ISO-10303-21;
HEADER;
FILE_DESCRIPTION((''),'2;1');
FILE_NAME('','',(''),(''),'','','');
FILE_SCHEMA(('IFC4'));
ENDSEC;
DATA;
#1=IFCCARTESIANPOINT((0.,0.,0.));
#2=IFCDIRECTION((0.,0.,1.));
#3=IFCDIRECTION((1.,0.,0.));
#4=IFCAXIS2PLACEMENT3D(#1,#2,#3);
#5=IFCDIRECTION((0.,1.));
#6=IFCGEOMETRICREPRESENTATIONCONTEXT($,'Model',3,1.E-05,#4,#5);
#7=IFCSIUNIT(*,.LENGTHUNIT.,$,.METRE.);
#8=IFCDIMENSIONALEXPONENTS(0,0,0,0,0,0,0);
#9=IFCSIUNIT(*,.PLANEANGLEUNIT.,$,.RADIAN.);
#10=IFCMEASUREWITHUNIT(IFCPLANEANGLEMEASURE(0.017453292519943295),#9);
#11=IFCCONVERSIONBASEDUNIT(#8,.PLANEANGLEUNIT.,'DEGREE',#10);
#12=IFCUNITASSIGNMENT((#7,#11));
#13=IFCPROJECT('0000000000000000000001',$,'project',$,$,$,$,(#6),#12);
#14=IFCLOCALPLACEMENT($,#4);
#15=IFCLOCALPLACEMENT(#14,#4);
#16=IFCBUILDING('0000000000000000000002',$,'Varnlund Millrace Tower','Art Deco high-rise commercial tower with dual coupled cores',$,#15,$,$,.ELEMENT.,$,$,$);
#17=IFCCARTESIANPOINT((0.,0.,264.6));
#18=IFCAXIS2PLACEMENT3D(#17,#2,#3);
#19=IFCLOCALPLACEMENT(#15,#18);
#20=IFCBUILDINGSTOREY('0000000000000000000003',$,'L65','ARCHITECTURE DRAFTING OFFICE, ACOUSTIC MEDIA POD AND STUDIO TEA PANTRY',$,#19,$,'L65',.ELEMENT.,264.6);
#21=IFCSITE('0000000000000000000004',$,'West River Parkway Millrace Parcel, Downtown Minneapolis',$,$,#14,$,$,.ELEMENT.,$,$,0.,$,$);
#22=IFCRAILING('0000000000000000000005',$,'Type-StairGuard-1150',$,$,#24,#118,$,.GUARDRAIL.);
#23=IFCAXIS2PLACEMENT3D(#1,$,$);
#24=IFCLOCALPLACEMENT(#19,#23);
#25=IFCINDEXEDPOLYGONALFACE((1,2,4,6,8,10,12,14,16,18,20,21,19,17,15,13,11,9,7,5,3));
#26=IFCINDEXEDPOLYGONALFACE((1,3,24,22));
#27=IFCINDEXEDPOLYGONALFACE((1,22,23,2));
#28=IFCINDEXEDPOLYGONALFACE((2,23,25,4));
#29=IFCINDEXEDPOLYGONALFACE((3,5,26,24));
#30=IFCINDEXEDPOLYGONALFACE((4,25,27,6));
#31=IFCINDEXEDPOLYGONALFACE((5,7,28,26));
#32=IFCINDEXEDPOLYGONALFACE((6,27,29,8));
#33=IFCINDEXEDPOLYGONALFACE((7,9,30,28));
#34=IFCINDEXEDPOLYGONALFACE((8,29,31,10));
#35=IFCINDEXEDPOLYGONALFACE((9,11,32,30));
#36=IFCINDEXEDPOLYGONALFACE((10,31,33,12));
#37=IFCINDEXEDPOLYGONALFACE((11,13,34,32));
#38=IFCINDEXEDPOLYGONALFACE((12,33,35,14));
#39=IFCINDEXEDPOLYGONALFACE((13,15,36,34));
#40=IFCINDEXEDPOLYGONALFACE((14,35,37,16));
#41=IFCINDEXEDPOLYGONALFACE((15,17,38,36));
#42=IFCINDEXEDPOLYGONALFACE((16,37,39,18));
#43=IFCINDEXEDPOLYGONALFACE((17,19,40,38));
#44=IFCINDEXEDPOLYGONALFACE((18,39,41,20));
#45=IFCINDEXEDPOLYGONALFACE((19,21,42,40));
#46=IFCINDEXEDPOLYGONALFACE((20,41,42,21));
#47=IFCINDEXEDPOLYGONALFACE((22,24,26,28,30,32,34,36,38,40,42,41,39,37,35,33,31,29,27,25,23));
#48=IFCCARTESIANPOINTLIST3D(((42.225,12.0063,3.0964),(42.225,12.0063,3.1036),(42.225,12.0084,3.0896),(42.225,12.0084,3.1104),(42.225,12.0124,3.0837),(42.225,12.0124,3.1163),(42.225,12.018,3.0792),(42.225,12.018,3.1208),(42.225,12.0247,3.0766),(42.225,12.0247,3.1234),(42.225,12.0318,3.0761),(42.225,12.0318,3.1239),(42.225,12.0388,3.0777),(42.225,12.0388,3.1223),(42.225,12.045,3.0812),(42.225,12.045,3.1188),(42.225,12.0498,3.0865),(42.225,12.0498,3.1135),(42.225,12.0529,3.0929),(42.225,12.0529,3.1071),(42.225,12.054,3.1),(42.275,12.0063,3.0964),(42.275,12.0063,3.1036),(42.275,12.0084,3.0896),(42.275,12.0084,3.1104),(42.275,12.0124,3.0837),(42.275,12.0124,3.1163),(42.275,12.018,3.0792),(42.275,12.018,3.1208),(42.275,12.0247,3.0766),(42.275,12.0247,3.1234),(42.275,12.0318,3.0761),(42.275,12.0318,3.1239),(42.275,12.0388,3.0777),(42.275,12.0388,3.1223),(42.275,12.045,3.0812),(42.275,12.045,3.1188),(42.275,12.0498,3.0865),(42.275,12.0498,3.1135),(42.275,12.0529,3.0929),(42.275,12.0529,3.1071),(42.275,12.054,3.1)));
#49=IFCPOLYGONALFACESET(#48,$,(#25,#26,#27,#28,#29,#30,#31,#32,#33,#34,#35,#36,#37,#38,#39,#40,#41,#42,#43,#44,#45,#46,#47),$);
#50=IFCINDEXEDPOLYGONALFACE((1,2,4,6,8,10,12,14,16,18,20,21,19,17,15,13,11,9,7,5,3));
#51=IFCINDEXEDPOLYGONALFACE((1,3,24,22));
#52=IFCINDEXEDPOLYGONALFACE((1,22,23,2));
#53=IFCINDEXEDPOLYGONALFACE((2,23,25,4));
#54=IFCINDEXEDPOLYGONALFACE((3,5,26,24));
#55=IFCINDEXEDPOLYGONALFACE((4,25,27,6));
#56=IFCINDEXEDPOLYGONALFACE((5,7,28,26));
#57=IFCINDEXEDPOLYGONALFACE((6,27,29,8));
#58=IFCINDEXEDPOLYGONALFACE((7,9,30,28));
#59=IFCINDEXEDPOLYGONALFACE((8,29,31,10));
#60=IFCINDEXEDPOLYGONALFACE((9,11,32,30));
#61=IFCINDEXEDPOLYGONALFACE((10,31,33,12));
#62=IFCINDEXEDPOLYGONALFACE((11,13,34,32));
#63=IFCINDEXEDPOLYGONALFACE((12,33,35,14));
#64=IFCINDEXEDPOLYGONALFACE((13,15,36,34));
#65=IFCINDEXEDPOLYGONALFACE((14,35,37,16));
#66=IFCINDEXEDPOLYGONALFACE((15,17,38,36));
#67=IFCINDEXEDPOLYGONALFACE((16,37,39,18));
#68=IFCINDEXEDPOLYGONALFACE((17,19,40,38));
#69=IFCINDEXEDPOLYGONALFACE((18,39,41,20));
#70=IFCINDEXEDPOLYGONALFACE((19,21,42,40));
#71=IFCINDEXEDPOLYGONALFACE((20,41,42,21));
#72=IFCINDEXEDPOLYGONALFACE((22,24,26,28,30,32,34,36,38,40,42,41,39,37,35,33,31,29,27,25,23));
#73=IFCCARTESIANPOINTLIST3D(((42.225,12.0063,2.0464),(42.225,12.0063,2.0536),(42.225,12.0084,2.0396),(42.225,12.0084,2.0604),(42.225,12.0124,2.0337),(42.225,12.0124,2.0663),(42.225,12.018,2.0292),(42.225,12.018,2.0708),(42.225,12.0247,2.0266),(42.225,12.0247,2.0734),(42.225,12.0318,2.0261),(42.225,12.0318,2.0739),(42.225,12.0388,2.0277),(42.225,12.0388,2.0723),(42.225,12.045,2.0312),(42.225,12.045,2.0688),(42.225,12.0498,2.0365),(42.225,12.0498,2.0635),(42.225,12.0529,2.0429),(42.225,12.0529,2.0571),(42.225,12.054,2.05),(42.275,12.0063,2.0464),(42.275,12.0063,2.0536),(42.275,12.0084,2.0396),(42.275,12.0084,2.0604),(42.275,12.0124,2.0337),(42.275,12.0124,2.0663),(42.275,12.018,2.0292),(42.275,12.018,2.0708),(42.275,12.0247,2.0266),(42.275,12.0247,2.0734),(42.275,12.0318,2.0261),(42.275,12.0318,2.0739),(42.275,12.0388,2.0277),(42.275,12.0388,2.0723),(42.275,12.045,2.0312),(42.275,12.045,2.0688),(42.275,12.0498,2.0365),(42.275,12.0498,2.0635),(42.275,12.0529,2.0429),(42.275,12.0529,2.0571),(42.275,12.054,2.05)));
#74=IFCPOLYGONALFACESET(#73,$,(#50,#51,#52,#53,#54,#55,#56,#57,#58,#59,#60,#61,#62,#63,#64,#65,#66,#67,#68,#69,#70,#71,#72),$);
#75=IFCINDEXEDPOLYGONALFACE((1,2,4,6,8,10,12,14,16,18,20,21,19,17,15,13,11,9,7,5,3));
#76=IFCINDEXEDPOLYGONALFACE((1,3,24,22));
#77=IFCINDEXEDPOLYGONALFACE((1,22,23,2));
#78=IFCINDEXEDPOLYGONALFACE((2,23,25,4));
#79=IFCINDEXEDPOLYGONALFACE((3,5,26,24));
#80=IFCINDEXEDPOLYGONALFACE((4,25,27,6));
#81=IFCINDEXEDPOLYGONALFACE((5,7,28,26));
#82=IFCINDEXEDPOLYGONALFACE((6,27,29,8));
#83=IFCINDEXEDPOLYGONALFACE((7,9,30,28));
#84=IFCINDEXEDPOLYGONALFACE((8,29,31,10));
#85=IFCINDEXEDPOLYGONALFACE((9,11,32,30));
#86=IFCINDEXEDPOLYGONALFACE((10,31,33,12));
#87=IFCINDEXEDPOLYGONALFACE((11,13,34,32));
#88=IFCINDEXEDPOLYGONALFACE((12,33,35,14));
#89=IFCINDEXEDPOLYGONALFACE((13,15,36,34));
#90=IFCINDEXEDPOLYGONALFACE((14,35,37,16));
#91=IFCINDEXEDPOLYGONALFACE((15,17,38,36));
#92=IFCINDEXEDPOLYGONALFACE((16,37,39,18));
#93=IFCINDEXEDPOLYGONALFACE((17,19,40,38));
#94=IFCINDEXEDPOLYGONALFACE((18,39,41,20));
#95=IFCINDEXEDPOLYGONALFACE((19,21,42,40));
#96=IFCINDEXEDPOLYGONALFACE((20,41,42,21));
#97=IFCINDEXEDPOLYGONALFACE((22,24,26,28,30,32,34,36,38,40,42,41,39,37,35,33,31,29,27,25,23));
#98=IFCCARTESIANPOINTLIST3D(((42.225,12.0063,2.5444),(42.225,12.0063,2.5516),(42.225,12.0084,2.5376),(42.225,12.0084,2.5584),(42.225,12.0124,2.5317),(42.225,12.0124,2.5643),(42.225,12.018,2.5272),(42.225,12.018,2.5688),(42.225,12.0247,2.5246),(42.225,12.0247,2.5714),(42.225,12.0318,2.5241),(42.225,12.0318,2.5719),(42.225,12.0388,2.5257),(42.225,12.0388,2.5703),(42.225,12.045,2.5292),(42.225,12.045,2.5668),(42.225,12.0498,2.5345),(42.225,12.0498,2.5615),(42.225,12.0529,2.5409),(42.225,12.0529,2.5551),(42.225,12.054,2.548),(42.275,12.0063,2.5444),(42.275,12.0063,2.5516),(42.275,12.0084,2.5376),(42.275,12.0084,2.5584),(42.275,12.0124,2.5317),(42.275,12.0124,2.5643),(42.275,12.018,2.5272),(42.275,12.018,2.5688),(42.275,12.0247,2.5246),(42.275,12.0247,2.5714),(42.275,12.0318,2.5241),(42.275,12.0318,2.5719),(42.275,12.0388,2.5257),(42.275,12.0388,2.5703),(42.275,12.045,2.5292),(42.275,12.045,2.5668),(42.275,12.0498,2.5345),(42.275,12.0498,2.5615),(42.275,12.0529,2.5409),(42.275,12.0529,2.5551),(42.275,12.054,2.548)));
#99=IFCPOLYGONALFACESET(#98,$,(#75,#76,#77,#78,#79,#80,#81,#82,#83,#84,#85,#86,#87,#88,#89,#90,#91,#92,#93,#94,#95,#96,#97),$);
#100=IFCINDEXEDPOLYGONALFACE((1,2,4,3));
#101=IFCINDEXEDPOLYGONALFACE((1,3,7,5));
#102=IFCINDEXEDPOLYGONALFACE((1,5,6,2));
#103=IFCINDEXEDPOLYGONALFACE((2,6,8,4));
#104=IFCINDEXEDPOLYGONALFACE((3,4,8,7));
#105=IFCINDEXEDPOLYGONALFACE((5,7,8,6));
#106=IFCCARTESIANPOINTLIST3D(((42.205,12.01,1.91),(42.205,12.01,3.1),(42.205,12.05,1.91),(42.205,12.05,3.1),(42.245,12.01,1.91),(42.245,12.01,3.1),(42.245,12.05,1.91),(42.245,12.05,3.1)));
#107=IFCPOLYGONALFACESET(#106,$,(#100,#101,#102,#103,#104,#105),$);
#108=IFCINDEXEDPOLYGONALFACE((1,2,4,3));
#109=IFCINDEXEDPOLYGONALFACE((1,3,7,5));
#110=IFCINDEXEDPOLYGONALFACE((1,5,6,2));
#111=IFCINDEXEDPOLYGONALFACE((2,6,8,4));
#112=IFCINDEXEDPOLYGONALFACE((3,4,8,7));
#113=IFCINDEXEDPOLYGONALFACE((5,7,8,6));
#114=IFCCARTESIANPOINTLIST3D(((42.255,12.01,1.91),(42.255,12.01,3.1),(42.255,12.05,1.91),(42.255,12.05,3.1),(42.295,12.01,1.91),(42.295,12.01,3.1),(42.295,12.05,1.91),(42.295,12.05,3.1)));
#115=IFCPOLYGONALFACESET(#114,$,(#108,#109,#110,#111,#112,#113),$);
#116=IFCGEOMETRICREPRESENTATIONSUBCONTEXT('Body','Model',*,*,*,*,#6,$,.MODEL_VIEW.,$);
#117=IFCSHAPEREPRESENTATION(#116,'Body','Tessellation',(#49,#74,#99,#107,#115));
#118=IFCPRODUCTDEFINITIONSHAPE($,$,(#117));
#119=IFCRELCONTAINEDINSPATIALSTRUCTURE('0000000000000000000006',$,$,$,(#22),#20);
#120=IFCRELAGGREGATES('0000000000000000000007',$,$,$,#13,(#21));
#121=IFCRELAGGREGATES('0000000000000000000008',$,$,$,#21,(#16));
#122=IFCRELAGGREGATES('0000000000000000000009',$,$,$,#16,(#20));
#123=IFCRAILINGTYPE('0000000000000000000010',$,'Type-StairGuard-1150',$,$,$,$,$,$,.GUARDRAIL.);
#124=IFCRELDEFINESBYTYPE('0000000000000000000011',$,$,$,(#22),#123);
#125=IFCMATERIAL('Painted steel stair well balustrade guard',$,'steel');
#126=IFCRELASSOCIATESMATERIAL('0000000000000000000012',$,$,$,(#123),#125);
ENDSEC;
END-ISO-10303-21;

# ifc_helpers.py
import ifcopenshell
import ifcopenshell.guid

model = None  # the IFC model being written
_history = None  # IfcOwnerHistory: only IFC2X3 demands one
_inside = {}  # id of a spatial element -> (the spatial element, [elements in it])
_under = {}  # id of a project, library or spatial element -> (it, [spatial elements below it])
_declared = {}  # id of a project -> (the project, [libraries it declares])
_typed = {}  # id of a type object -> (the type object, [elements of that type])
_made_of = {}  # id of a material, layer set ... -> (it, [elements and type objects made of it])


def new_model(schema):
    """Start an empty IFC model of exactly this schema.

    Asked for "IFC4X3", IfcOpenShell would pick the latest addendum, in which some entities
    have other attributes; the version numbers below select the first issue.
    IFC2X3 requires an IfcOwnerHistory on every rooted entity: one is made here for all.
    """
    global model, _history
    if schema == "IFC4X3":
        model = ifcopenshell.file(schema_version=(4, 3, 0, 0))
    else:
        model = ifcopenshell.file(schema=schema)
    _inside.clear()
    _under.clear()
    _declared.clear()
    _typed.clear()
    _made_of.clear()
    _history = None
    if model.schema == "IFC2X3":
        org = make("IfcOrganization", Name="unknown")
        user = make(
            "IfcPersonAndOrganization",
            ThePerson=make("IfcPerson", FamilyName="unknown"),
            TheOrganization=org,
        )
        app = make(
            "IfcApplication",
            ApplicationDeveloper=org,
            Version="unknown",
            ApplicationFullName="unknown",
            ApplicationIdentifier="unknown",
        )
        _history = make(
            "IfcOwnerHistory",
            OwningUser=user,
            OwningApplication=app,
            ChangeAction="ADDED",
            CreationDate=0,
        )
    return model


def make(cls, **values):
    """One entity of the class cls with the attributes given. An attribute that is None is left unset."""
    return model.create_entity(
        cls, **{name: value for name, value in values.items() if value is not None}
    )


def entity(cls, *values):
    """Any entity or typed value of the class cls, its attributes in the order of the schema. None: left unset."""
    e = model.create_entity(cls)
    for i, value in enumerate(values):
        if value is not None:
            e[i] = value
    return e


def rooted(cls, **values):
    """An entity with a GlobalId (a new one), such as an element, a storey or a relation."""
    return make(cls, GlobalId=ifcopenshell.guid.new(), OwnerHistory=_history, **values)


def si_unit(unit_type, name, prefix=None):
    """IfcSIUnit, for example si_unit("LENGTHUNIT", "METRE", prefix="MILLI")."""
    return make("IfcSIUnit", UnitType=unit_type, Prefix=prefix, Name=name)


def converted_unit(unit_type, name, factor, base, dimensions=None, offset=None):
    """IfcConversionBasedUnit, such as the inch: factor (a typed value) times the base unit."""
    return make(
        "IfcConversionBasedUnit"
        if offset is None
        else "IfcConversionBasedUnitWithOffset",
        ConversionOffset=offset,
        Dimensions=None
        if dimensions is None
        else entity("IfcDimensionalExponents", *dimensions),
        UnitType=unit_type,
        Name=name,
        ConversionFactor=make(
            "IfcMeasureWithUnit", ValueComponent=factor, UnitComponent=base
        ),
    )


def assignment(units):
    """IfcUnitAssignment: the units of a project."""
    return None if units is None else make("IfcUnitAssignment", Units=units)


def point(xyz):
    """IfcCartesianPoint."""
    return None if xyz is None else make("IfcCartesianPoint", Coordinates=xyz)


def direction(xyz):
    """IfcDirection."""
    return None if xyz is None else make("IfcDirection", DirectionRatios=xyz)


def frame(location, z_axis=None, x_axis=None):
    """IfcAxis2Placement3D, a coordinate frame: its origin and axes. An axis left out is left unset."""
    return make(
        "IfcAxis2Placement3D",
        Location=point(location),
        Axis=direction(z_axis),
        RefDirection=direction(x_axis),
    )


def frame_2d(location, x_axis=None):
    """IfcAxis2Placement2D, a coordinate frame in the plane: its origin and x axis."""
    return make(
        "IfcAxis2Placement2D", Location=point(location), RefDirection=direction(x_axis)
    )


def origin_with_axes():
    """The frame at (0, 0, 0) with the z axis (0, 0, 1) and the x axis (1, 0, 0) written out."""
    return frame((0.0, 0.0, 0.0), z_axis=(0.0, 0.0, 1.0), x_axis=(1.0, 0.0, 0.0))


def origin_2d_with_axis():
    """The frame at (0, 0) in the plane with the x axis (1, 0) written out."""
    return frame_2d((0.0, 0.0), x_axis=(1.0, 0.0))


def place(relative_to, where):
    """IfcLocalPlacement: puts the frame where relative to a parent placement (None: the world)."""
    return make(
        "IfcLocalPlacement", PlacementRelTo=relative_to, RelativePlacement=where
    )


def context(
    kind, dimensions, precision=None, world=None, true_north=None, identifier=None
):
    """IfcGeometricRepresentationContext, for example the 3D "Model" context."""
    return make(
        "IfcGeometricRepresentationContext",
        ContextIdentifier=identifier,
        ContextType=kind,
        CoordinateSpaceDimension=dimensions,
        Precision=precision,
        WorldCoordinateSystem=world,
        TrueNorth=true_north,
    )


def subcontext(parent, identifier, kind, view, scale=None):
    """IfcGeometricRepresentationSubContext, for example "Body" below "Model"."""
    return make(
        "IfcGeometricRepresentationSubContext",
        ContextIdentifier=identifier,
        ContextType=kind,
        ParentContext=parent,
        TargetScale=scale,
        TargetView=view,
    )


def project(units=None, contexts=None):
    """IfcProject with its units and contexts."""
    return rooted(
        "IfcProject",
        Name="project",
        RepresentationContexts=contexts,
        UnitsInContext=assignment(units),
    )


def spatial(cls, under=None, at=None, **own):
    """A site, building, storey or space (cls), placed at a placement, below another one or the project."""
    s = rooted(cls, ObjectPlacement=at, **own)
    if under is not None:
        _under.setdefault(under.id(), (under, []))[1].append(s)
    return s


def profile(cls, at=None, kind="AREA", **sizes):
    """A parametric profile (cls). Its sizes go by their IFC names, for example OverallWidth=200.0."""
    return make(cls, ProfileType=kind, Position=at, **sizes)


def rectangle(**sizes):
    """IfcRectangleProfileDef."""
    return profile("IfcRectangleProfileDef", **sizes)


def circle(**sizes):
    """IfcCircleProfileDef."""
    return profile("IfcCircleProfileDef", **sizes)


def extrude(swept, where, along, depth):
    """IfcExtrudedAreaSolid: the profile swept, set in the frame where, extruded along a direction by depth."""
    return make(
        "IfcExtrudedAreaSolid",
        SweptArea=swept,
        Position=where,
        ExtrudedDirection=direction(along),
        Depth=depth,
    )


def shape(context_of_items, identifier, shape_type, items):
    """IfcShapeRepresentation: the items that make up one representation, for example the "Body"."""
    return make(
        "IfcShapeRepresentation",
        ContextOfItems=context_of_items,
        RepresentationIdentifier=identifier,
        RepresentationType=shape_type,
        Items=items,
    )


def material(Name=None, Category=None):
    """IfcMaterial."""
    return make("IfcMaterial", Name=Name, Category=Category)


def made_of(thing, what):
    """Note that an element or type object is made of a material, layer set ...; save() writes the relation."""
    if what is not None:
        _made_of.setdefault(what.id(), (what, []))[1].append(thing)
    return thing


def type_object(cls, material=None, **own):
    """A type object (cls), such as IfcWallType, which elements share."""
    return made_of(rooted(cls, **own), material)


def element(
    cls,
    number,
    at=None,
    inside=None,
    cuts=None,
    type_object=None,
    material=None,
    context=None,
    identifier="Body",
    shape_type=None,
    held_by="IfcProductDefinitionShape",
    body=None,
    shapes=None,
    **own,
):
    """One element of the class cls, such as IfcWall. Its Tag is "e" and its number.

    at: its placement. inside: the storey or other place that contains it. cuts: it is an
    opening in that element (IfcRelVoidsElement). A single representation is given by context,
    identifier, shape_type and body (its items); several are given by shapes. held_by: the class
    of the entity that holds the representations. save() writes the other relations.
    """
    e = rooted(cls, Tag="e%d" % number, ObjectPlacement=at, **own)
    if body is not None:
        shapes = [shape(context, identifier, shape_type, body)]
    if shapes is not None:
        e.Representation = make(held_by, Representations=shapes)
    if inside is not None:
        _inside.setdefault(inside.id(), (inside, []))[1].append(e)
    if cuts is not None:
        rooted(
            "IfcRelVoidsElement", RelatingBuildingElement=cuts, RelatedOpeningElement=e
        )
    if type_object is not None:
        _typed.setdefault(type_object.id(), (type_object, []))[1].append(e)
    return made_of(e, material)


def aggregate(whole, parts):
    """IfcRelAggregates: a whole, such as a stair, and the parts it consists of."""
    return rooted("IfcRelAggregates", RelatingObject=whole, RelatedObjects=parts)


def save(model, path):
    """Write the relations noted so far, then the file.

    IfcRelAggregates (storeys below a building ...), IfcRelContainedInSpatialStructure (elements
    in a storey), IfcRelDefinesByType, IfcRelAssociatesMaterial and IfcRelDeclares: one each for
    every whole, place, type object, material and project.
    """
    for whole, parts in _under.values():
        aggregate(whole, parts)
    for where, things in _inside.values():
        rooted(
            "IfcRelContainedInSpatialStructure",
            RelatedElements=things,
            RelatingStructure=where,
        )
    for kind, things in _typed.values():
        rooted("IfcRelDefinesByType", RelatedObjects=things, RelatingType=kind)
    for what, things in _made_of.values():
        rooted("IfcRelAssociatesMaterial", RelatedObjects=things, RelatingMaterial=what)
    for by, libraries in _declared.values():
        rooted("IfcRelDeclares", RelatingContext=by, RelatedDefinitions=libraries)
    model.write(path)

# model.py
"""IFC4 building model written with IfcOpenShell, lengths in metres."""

from ifc_helpers import new_model, entity, si_unit, converted_unit, direction, frame, origin_with_axes, origin_2d_with_axis, place, context, subcontext, project, spatial, rectangle, circle, extrude, material, type_object, element, save


model = new_model("IFC4")

# Units and contexts
model_context = context("Model", 3, precision=1e-05, world=origin_with_axes(), true_north=direction((0.0, 1.0)))
body_context = subcontext(model_context, "Body", "Model", "MODEL_VIEW")
ifc_project = project(units=[si_unit("LENGTHUNIT", "METRE"), converted_unit("PLANEANGLEUNIT", "DEGREE", entity("IfcPlaneAngleMeasure", 0.017453292519943295), si_unit("PLANEANGLEUNIT", "RADIAN"), dimensions=[0, 0, 0, 0, 0, 0, 0])], contexts=[model_context])

# Site, building, storey
site_placement = place(None, origin_with_axes())
site = spatial("IfcSite", under=ifc_project, at=site_placement, Name="West River Parkway Millrace Parcel, Downtown Minneapolis", CompositionType="ELEMENT", RefElevation=0.0)
building_placement = place(site_placement, origin_with_axes())
building = spatial("IfcBuilding", under=site, at=building_placement, Name="Varnlund Millrace Tower", Description="Art Deco high-rise commercial tower with dual coupled cores", CompositionType="ELEMENT")
storey_placement = place(building_placement, frame((0.0, 0.0, 264.6), z_axis=(0.0, 0.0, 1.0), x_axis=(1.0, 0.0, 0.0)))
storey = spatial("IfcBuildingStorey", under=building, at=storey_placement, Name="L65", Description="ARCHITECTURE DRAFTING OFFICE, ACOUSTIC MEDIA POD AND STUDIO TEA PANTRY", LongName="L65", CompositionType="ELEMENT", Elevation=264.6)

# Railing
ifc_material_1 = material(Name="Painted steel stair well balustrade guard", Category="steel")
railing_type_1 = type_object("IfcRailingType", Name="Type-StairGuard-1150", PredefinedType="GUARDRAIL", material=ifc_material_1)
railing_1_placement = place(storey_placement, frame((0.0, 0.0, -264.6), z_axis=(0.0, 0.0, 1.0), x_axis=(1.0, 0.0, 0.0)))
element("IfcRailing", 1, at=railing_1_placement, inside=storey, type_object=railing_type_1, Name="Type-StairGuard-1150", PredefinedType="GUARDRAIL", context=body_context, shape_type="SweptSolid", body=[
    extrude(circle(Radius=0.024, at=origin_2d_with_axis()), frame((42.225, 12.03, 267.7), z_axis=(1.0, 0.0, 0.0), x_axis=(0.0, 1.0, 0.0)), (0.0, 0.0, 1.0), 0.05),
    extrude(circle(Radius=0.024, at=origin_2d_with_axis()), frame((42.225, 12.03, 266.65), z_axis=(1.0, 0.0, 0.0), x_axis=(0.0, 1.0, 0.0)), (0.0, 0.0, 1.0), 0.05),
    extrude(circle(Radius=0.024, at=origin_2d_with_axis()), frame((42.225, 12.03, 267.148), z_axis=(1.0, 0.0, 0.0), x_axis=(0.0, 1.0, 0.0)), (0.0, 0.0, 1.0), 0.05),
    extrude(rectangle(XDim=0.04, YDim=0.04, at=origin_2d_with_axis()), frame((42.225, 12.03, 266.51), z_axis=(0.0, 0.0, 1.0), x_axis=(1.0, 0.0, 0.0)), (0.0, 0.0, 1.0), 1.19),
    extrude(rectangle(XDim=0.04, YDim=0.04, at=origin_2d_with_axis()), frame((42.275, 12.03, 266.51), z_axis=(0.0, 0.0, 1.0), x_axis=(1.0, 0.0, 0.0)), (0.0, 0.0, 1.0), 1.19),
])

save(model, "model.ifc")
